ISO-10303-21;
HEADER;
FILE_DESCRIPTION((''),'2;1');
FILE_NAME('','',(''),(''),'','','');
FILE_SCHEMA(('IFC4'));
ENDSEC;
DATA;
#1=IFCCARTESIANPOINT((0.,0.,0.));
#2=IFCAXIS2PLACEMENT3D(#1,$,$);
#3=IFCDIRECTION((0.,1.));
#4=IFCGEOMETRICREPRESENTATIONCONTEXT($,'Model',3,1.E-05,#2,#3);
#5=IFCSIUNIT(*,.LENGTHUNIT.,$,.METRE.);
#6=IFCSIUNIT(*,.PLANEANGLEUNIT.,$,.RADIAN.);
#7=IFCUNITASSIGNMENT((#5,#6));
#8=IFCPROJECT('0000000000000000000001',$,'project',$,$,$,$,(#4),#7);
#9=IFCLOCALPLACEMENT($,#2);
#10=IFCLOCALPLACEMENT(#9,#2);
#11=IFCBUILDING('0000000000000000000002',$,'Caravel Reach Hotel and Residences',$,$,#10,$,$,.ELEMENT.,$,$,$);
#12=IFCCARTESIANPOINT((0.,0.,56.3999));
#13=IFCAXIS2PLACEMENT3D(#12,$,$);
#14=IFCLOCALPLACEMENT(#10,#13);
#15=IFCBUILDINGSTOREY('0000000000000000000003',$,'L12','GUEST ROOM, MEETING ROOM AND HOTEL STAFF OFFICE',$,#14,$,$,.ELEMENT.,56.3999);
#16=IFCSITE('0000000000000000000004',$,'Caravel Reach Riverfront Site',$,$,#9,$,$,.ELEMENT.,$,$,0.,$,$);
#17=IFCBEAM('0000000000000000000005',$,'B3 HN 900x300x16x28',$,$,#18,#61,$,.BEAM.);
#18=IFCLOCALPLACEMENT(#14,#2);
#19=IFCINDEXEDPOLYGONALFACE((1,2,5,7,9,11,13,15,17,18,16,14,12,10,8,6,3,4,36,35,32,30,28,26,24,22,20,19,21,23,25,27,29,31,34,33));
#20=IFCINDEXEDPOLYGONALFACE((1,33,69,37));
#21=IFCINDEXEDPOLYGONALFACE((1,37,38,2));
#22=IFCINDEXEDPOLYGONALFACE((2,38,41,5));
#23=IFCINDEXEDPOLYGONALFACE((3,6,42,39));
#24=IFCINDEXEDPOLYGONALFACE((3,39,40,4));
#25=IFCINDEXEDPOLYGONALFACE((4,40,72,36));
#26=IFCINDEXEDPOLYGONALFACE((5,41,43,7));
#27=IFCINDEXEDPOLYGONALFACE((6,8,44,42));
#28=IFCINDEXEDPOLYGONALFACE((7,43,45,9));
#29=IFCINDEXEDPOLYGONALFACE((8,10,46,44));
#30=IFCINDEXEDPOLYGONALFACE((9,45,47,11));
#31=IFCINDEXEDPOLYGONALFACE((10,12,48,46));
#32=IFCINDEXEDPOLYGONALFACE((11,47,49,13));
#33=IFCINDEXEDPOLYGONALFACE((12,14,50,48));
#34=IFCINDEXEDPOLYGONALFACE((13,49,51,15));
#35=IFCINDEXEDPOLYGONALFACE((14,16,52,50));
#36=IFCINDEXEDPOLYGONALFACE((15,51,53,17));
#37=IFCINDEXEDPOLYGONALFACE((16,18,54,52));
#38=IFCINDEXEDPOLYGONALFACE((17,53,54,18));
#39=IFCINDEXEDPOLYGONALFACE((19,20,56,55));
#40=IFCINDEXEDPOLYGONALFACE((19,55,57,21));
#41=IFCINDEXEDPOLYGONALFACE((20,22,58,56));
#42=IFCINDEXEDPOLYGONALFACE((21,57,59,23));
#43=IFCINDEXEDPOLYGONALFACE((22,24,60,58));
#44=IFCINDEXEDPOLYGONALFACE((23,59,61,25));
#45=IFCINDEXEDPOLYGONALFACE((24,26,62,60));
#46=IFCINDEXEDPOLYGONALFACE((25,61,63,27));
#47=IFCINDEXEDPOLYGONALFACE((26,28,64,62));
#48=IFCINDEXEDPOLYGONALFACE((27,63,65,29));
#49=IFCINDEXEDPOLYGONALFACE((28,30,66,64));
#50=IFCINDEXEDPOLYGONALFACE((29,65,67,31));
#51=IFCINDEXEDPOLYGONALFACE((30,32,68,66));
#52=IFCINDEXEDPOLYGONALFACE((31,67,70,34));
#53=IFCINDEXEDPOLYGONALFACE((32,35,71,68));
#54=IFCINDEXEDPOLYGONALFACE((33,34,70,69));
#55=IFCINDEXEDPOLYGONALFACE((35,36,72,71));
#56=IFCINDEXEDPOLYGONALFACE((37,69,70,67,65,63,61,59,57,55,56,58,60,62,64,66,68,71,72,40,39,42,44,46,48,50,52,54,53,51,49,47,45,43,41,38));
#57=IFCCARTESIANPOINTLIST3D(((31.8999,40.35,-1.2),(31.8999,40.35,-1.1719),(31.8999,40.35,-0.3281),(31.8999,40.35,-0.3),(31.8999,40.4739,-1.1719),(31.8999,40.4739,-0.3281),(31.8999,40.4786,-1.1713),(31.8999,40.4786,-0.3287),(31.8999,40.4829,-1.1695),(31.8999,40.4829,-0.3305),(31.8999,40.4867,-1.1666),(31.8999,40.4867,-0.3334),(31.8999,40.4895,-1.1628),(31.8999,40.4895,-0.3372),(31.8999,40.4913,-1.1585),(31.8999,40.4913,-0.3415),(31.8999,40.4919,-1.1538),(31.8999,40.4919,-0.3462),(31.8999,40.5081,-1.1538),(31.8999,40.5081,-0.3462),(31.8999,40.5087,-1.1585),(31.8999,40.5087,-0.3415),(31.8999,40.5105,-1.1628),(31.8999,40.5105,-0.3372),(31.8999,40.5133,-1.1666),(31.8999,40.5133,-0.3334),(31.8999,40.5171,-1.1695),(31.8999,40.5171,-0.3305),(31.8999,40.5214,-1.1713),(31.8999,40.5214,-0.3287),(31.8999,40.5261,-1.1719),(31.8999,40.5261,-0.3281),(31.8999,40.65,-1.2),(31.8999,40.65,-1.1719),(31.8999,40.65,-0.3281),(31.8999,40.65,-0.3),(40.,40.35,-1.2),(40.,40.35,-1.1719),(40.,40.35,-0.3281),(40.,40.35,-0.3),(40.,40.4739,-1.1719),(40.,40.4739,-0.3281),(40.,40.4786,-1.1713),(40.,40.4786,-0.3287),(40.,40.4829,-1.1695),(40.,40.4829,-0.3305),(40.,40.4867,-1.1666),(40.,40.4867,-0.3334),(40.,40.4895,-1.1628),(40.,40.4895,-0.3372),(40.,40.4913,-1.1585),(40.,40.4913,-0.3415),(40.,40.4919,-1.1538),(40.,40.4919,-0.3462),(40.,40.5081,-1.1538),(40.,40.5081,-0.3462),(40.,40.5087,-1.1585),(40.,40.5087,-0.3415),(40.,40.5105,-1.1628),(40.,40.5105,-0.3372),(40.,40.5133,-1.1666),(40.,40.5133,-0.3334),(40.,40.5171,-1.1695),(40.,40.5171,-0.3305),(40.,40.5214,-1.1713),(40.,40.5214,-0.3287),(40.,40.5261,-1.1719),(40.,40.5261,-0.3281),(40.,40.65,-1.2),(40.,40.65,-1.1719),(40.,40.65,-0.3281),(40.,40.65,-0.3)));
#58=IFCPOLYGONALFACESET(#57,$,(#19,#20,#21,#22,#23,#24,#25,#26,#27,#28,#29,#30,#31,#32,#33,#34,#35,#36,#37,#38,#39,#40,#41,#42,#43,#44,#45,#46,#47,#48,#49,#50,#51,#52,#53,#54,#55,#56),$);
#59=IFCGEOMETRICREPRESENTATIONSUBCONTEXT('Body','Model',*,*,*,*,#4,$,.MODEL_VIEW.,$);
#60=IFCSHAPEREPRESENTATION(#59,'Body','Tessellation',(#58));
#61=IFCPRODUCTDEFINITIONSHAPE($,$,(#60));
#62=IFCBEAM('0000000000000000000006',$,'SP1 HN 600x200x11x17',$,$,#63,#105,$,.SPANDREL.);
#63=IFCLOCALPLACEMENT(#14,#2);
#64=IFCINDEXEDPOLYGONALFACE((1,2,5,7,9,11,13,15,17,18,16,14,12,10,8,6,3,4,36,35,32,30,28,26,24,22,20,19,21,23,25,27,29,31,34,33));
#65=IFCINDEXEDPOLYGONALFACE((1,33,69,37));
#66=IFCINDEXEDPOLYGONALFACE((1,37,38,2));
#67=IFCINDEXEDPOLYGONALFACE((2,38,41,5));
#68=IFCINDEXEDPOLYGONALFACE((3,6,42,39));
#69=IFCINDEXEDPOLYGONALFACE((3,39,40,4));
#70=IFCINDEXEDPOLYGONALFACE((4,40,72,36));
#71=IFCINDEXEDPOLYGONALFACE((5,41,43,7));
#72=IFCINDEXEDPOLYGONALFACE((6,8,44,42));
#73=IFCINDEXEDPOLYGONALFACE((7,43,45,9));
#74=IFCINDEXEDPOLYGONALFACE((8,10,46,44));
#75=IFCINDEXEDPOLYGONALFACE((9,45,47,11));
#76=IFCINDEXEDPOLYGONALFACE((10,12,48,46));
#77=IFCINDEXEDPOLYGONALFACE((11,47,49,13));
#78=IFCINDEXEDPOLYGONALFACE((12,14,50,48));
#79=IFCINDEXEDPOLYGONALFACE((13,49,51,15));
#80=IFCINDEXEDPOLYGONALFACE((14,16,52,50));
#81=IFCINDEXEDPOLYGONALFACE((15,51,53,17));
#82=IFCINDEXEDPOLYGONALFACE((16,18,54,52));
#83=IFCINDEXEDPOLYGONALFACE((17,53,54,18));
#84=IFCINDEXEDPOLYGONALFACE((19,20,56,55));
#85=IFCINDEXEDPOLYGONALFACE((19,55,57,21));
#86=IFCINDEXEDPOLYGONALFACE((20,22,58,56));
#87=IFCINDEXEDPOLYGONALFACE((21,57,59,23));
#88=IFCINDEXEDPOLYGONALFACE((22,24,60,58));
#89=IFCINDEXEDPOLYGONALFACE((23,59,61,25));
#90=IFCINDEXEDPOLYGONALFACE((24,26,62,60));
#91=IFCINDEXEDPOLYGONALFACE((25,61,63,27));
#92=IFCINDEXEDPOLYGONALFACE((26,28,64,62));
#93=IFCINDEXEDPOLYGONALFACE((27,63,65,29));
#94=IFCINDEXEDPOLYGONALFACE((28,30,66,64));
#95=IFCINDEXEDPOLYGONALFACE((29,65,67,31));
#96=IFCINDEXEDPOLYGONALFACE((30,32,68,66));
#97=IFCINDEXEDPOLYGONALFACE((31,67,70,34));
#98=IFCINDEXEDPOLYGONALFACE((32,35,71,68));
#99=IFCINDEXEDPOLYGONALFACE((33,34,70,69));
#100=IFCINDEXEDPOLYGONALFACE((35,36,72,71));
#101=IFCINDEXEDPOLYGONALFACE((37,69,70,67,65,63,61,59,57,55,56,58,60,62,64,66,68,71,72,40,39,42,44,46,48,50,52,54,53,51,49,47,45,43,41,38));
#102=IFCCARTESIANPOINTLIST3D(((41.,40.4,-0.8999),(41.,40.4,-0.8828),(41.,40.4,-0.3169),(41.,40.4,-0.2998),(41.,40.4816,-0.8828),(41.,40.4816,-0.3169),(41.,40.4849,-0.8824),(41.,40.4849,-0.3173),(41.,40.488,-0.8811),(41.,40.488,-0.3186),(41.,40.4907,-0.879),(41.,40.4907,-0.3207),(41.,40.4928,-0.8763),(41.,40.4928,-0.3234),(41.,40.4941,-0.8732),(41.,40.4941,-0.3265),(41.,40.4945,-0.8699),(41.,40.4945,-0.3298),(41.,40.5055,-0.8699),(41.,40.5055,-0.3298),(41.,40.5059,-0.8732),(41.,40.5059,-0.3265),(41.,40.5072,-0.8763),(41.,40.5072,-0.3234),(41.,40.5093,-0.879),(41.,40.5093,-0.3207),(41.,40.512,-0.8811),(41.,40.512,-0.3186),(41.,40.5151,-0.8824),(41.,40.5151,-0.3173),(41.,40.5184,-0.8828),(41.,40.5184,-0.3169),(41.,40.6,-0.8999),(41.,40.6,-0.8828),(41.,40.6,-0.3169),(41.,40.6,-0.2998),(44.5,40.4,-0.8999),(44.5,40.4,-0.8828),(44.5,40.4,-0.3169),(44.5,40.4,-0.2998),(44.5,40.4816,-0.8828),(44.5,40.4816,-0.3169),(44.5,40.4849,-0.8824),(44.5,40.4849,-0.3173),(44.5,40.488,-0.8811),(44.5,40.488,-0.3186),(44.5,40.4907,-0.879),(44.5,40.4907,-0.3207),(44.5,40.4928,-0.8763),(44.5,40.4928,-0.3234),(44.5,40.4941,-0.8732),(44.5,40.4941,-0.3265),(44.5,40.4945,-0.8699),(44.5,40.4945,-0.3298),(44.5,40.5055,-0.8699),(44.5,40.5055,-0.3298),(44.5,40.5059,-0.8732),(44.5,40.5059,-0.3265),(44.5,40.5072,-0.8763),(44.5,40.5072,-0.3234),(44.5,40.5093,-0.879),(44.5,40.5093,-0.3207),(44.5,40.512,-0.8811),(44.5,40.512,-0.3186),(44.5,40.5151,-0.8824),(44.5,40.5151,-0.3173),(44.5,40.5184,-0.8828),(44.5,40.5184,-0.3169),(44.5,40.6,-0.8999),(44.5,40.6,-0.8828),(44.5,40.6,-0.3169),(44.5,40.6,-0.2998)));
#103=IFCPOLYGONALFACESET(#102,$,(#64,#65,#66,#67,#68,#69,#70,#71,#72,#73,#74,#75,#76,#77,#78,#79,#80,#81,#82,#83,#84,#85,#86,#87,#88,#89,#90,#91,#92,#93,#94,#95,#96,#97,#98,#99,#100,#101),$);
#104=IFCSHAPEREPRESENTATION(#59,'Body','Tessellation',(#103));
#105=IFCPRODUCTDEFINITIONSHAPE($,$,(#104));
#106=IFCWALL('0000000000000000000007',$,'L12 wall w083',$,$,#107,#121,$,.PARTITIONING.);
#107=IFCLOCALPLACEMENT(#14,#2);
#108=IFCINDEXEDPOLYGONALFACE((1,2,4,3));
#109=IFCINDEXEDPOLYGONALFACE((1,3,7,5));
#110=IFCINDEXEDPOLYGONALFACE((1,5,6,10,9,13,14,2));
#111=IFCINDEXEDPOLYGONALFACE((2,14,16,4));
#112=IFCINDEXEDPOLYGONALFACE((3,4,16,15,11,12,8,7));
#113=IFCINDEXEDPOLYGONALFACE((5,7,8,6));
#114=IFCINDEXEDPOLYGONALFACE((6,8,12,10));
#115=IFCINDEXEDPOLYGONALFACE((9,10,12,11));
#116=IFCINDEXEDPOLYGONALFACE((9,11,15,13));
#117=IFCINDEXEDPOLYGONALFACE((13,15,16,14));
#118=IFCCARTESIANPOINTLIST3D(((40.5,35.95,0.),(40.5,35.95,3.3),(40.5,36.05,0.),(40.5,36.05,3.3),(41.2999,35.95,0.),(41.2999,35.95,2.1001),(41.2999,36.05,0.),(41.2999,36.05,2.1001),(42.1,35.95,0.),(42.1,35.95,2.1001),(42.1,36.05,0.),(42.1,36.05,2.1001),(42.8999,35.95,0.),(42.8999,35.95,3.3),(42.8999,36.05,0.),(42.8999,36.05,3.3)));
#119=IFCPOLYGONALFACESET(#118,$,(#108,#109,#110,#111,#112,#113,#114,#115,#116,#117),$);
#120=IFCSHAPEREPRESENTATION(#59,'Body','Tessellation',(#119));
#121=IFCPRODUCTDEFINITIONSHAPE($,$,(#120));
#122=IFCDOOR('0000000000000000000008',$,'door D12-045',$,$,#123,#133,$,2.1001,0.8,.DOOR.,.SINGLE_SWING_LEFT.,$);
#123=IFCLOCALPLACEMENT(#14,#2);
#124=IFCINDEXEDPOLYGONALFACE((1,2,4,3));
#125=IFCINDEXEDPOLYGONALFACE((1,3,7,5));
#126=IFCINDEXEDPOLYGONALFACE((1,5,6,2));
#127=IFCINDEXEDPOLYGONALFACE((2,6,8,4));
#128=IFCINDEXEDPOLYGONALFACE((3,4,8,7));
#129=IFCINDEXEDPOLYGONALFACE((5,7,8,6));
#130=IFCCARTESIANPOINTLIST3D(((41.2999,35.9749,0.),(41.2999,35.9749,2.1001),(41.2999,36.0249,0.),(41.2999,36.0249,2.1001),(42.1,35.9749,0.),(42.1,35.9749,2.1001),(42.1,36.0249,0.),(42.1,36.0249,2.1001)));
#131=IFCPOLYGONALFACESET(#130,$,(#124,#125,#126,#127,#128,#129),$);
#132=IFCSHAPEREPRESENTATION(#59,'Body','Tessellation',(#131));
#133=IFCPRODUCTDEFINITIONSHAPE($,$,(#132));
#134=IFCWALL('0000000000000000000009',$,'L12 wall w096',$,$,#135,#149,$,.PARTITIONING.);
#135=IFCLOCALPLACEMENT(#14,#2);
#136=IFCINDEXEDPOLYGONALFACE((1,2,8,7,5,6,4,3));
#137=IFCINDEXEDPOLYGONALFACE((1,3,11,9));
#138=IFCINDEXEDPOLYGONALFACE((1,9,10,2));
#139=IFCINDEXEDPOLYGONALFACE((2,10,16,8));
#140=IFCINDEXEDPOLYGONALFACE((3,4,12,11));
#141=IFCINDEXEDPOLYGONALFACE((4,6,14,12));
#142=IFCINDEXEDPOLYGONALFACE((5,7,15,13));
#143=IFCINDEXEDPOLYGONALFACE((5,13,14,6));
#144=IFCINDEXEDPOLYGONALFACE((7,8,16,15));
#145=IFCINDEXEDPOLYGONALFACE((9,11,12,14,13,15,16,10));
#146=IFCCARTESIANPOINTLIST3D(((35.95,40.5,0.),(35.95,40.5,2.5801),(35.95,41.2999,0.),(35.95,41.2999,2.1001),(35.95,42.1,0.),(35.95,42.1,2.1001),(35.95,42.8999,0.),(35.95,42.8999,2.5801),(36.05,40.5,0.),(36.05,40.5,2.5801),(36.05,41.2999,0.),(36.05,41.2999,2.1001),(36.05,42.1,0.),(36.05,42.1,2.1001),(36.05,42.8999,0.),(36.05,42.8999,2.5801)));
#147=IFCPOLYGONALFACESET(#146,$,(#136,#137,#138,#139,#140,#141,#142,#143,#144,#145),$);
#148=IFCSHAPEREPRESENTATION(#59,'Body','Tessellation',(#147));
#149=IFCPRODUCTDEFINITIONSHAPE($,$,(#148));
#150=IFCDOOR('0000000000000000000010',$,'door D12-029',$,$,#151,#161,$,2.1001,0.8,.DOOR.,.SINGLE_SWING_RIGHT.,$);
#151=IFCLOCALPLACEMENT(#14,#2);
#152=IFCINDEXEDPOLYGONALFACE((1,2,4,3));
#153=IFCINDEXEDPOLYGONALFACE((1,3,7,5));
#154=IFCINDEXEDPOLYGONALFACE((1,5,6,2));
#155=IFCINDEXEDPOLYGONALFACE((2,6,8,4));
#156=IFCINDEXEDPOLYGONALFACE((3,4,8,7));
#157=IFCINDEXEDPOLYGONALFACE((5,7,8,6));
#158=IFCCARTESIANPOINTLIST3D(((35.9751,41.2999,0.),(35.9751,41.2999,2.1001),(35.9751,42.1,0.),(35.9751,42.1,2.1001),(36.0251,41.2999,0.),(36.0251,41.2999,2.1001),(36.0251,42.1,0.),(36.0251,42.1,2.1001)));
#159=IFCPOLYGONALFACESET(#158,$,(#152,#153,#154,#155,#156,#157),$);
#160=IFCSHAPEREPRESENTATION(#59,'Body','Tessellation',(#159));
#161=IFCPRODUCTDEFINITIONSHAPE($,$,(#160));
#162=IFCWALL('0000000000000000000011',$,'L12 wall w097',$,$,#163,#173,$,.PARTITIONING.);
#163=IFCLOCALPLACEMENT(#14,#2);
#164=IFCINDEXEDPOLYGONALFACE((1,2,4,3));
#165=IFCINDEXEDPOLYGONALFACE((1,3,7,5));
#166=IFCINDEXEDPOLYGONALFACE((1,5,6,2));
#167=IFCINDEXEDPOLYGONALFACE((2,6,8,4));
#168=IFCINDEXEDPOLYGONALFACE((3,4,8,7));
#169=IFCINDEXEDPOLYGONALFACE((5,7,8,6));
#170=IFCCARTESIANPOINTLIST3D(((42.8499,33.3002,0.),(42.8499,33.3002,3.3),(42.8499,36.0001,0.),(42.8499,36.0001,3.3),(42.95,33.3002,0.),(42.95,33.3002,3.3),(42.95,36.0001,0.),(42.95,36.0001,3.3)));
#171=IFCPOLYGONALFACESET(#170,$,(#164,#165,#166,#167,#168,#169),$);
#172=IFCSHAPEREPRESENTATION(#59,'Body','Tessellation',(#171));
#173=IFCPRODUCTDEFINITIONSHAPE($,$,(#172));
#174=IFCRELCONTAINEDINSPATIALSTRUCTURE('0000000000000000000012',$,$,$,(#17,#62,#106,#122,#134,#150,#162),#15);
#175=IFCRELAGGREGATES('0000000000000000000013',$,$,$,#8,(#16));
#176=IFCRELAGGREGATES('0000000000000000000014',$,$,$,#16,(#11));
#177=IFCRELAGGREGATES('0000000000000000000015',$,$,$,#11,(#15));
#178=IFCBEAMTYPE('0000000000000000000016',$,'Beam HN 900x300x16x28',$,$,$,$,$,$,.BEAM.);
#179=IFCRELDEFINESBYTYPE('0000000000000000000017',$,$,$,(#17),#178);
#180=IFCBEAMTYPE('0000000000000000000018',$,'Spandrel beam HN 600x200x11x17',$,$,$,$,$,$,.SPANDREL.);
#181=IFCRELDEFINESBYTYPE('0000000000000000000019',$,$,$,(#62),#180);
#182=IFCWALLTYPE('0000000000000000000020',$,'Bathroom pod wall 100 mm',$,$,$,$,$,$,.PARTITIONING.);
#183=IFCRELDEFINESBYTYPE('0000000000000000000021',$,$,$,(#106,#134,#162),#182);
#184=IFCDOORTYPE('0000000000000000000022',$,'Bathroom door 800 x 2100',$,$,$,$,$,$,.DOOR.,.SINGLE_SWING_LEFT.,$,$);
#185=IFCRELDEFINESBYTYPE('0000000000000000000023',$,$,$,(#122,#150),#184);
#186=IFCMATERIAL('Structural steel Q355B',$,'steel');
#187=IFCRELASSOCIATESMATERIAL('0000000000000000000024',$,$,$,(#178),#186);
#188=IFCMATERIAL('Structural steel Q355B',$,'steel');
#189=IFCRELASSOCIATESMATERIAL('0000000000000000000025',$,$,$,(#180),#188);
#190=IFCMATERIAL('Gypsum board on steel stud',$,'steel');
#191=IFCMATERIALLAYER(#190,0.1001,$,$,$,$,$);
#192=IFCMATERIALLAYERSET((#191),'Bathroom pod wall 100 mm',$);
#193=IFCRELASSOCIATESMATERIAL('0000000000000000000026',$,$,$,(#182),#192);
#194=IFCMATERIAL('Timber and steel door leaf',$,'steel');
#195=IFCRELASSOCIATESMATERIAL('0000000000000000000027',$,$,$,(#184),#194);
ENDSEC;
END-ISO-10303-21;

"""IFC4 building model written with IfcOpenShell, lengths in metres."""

from ifc_helpers import new_model, si_unit, direction, frame, frame_2d, origin, origin_2d, place, context, subcontext, project, spatial, rectangle, i_section, extrude, material, layer, layer_set, material_profile, profile_set, type_object, element, fill, save


model = new_model("IFC4")

# Units and contexts
model_context = context("Model", 3, precision=1e-05, world=origin(), true_north=direction((0.0, 1.0)))
body_context = subcontext(model_context, "Body", "Model", "MODEL_VIEW")
ifc_project = project(units=[si_unit("LENGTHUNIT", "METRE"), si_unit("PLANEANGLEUNIT", "RADIAN")], contexts=[model_context])

# Site, building, storey
site_placement = place(None, origin())
site = spatial("IfcSite", under=ifc_project, at=site_placement, Name="Caravel Reach Riverfront Site", CompositionType="ELEMENT", RefElevation=0.0)
building_placement = place(site_placement, origin())
building = spatial("IfcBuilding", under=site, at=building_placement, Name="Caravel Reach Hotel and Residences", CompositionType="ELEMENT")
storey_placement = place(building_placement, frame((0.0, 0.0, 56.3999)))
storey = spatial("IfcBuildingStorey", under=building, at=storey_placement, Name="L12", Description="GUEST ROOM, MEETING ROOM AND HOTEL STAFF OFFICE", CompositionType="ELEMENT", Elevation=56.3999)

# Beams
ifc_material_1 = material(Name="Structural steel Q355B", Category="steel")
ifc_material_profile_1 = material_profile(ifc_material_1, i_section(OverallWidth=0.3, OverallDepth=0.8999, WebThickness=0.0161, FlangeThickness=0.0281, FilletRadius=0.0181, at=origin_2d()), Name="HN 900x300x16x28")
ifc_profile_set_1 = profile_set([ifc_material_profile_1], Name="Structural steel Q355B")
beam_type_1 = type_object("IfcBeamType", Name="Beam HN 900x300x16x28", PredefinedType="BEAM", material=ifc_profile_set_1)
beam_1_placement = place(storey_placement, frame((31.8999, 40.5, -0.75), z_axis=(1.0, 0.0, 0.0), x_axis=(0.0, 1.0, 0.0)))
element("IfcBeam", 1, at=beam_1_placement, inside=storey, type_object=beam_type_1, Name="B3 HN 900x300x16x28", PredefinedType="BEAM", context=body_context, shape_type="SweptSolid", body=[
    extrude(i_section(OverallWidth=0.3, OverallDepth=0.8999, WebThickness=0.0161, FlangeThickness=0.0281, FilletRadius=0.0181, at=origin_2d()), origin(), (0.0, 0.0, 1.0), 8.1001),
])
ifc_material_2 = material(Name="Structural steel Q355B", Category="steel")
ifc_material_profile_2 = material_profile(ifc_material_2, i_section(OverallWidth=0.2, OverallDepth=0.6001, WebThickness=0.011, FlangeThickness=0.0171, FilletRadius=0.0129, at=origin_2d()), Name="HN 600x200x11x17")
ifc_profile_set_2 = profile_set([ifc_material_profile_2], Name="Structural steel Q355B")
beam_type_2 = type_object("IfcBeamType", Name="Spandrel beam HN 600x200x11x17", PredefinedType="SPANDREL", material=ifc_profile_set_2)
beam_2_placement = place(storey_placement, frame((44.5, 40.5, -0.5999), z_axis=(-1.0, 0.0, 0.0), x_axis=(0.0, -1.0, 0.0)))
element("IfcBeam", 2, at=beam_2_placement, inside=storey, type_object=beam_type_2, Name="SP1 HN 600x200x11x17", PredefinedType="SPANDREL", context=body_context, shape_type="SweptSolid", body=[
    extrude(i_section(OverallWidth=0.2, OverallDepth=0.6001, WebThickness=0.011, FlangeThickness=0.0171, FilletRadius=0.0129, at=origin_2d()), origin(), (0.0, 0.0, 1.0), 3.5),
])

# Walls, openings, doors
ifc_material_3 = material(Name="Gypsum board on steel stud", Category="steel")
ifc_layer_1 = layer(ifc_material_3, 0.1001)
ifc_layer_set_1 = layer_set([ifc_layer_1], Name="Bathroom pod wall 100 mm")
wall_type_1 = type_object("IfcWallType", Name="Bathroom pod wall 100 mm", PredefinedType="PARTITIONING", material=ifc_layer_set_1)
wall_1_placement = place(storey_placement, frame((40.5, 36.0, 0.0), z_axis=(0.0, 0.0, 1.0), x_axis=(1.0, 0.0, 0.0)))
wall_1 = element("IfcWall", 3, at=wall_1_placement, inside=storey, type_object=wall_type_1, Name="L12 wall w083", PredefinedType="PARTITIONING", context=body_context, shape_type="SweptSolid", body=[
    extrude(rectangle(XDim=2.3999, YDim=0.1001, at=frame_2d((1.2, 0.0))), origin(), (0.0, 0.0, 1.0), 3.3),
])
opening_1_placement = place(wall_1_placement, frame((0.8, 0.0, 0.0)))
opening_1 = element("IfcOpeningElement", 4, at=opening_1_placement, cuts=wall_1, PredefinedType="OPENING", context=body_context, shape_type="SweptSolid", body=[
    extrude(rectangle(XDim=0.8, YDim=2.1001, at=frame_2d((0.3999, 1.05))), frame((0.0, 0.0601, 0.0), z_axis=(0.0, -1.0, 0.0), x_axis=(1.0, 0.0, 0.0)), (0.0, 0.0, 1.0), 0.1201),
])
ifc_material_4 = material(Name="Timber and steel door leaf", Category="steel")
door_type_1 = type_object("IfcDoorType", Name="Bathroom door 800 x 2100", OperationType="SINGLE_SWING_LEFT", PredefinedType="DOOR", material=ifc_material_4)
door_1_placement = place(opening_1_placement, origin())
door_1 = element("IfcDoor", 5, at=door_1_placement, inside=storey, type_object=door_type_1, Name="door D12-045", OperationType="SINGLE_SWING_LEFT", OverallHeight=2.1001, OverallWidth=0.8, PredefinedType="DOOR", context=body_context, shape_type="SweptSolid", body=[
    extrude(rectangle(XDim=0.8, YDim=2.1001, at=frame_2d((0.3999, 1.05))), frame((0.0, 0.0249, 0.0), z_axis=(0.0, -1.0, 0.0), x_axis=(1.0, 0.0, 0.0)), (0.0, 0.0, 1.0), 0.05),
])
fill(opening_1, door_1)
wall_2_placement = place(storey_placement, frame((36.0, 40.5, 0.0), z_axis=(0.0, 0.0, 1.0), x_axis=(0.0, 1.0, 0.0)))
wall_2 = element("IfcWall", 6, at=wall_2_placement, inside=storey, type_object=wall_type_1, Name="L12 wall w096", PredefinedType="PARTITIONING", context=body_context, shape_type="SweptSolid", body=[
    extrude(rectangle(XDim=2.3999, YDim=0.1001, at=frame_2d((1.2, 0.0))), origin(), (0.0, 0.0, 1.0), 2.5801),
])
opening_2_placement = place(wall_2_placement, frame((0.8, 0.0, 0.0)))
opening_2 = element("IfcOpeningElement", 7, at=opening_2_placement, cuts=wall_2, PredefinedType="OPENING", context=body_context, shape_type="SweptSolid", body=[
    extrude(rectangle(XDim=0.8, YDim=2.1001, at=frame_2d((0.3999, 1.05))), frame((0.0, 0.0601, 0.0), z_axis=(0.0, -1.0, 0.0), x_axis=(1.0, 0.0, 0.0)), (0.0, 0.0, 1.0), 0.1201),
])
door_2_placement = place(opening_2_placement, origin())
door_2 = element("IfcDoor", 8, at=door_2_placement, inside=storey, type_object=door_type_1, Name="door D12-029", OperationType="SINGLE_SWING_RIGHT", OverallHeight=2.1001, OverallWidth=0.8, PredefinedType="DOOR", context=body_context, shape_type="SweptSolid", body=[
    extrude(rectangle(XDim=0.8, YDim=2.1001, at=frame_2d((0.3999, 1.05))), frame((0.0, 0.0249, 0.0), z_axis=(0.0, -1.0, 0.0), x_axis=(1.0, 0.0, 0.0)), (0.0, 0.0, 1.0), 0.05),
])
fill(opening_2, door_2)

# Wall
wall_3_placement = place(storey_placement, frame((42.8999, 33.3, 0.0), z_axis=(0.0, 0.0, 1.0), x_axis=(0.0, 1.0, 0.0)))
element("IfcWall", 9, at=wall_3_placement, inside=storey, type_object=wall_type_1, Name="L12 wall w097", PredefinedType="PARTITIONING", context=body_context, shape_type="SweptSolid", body=[
    extrude(rectangle(XDim=2.7, YDim=0.1001, at=frame_2d((1.3501, 0.0))), origin(), (0.0, 0.0, 1.0), 3.3),
])

save(model, "model.ifc")
